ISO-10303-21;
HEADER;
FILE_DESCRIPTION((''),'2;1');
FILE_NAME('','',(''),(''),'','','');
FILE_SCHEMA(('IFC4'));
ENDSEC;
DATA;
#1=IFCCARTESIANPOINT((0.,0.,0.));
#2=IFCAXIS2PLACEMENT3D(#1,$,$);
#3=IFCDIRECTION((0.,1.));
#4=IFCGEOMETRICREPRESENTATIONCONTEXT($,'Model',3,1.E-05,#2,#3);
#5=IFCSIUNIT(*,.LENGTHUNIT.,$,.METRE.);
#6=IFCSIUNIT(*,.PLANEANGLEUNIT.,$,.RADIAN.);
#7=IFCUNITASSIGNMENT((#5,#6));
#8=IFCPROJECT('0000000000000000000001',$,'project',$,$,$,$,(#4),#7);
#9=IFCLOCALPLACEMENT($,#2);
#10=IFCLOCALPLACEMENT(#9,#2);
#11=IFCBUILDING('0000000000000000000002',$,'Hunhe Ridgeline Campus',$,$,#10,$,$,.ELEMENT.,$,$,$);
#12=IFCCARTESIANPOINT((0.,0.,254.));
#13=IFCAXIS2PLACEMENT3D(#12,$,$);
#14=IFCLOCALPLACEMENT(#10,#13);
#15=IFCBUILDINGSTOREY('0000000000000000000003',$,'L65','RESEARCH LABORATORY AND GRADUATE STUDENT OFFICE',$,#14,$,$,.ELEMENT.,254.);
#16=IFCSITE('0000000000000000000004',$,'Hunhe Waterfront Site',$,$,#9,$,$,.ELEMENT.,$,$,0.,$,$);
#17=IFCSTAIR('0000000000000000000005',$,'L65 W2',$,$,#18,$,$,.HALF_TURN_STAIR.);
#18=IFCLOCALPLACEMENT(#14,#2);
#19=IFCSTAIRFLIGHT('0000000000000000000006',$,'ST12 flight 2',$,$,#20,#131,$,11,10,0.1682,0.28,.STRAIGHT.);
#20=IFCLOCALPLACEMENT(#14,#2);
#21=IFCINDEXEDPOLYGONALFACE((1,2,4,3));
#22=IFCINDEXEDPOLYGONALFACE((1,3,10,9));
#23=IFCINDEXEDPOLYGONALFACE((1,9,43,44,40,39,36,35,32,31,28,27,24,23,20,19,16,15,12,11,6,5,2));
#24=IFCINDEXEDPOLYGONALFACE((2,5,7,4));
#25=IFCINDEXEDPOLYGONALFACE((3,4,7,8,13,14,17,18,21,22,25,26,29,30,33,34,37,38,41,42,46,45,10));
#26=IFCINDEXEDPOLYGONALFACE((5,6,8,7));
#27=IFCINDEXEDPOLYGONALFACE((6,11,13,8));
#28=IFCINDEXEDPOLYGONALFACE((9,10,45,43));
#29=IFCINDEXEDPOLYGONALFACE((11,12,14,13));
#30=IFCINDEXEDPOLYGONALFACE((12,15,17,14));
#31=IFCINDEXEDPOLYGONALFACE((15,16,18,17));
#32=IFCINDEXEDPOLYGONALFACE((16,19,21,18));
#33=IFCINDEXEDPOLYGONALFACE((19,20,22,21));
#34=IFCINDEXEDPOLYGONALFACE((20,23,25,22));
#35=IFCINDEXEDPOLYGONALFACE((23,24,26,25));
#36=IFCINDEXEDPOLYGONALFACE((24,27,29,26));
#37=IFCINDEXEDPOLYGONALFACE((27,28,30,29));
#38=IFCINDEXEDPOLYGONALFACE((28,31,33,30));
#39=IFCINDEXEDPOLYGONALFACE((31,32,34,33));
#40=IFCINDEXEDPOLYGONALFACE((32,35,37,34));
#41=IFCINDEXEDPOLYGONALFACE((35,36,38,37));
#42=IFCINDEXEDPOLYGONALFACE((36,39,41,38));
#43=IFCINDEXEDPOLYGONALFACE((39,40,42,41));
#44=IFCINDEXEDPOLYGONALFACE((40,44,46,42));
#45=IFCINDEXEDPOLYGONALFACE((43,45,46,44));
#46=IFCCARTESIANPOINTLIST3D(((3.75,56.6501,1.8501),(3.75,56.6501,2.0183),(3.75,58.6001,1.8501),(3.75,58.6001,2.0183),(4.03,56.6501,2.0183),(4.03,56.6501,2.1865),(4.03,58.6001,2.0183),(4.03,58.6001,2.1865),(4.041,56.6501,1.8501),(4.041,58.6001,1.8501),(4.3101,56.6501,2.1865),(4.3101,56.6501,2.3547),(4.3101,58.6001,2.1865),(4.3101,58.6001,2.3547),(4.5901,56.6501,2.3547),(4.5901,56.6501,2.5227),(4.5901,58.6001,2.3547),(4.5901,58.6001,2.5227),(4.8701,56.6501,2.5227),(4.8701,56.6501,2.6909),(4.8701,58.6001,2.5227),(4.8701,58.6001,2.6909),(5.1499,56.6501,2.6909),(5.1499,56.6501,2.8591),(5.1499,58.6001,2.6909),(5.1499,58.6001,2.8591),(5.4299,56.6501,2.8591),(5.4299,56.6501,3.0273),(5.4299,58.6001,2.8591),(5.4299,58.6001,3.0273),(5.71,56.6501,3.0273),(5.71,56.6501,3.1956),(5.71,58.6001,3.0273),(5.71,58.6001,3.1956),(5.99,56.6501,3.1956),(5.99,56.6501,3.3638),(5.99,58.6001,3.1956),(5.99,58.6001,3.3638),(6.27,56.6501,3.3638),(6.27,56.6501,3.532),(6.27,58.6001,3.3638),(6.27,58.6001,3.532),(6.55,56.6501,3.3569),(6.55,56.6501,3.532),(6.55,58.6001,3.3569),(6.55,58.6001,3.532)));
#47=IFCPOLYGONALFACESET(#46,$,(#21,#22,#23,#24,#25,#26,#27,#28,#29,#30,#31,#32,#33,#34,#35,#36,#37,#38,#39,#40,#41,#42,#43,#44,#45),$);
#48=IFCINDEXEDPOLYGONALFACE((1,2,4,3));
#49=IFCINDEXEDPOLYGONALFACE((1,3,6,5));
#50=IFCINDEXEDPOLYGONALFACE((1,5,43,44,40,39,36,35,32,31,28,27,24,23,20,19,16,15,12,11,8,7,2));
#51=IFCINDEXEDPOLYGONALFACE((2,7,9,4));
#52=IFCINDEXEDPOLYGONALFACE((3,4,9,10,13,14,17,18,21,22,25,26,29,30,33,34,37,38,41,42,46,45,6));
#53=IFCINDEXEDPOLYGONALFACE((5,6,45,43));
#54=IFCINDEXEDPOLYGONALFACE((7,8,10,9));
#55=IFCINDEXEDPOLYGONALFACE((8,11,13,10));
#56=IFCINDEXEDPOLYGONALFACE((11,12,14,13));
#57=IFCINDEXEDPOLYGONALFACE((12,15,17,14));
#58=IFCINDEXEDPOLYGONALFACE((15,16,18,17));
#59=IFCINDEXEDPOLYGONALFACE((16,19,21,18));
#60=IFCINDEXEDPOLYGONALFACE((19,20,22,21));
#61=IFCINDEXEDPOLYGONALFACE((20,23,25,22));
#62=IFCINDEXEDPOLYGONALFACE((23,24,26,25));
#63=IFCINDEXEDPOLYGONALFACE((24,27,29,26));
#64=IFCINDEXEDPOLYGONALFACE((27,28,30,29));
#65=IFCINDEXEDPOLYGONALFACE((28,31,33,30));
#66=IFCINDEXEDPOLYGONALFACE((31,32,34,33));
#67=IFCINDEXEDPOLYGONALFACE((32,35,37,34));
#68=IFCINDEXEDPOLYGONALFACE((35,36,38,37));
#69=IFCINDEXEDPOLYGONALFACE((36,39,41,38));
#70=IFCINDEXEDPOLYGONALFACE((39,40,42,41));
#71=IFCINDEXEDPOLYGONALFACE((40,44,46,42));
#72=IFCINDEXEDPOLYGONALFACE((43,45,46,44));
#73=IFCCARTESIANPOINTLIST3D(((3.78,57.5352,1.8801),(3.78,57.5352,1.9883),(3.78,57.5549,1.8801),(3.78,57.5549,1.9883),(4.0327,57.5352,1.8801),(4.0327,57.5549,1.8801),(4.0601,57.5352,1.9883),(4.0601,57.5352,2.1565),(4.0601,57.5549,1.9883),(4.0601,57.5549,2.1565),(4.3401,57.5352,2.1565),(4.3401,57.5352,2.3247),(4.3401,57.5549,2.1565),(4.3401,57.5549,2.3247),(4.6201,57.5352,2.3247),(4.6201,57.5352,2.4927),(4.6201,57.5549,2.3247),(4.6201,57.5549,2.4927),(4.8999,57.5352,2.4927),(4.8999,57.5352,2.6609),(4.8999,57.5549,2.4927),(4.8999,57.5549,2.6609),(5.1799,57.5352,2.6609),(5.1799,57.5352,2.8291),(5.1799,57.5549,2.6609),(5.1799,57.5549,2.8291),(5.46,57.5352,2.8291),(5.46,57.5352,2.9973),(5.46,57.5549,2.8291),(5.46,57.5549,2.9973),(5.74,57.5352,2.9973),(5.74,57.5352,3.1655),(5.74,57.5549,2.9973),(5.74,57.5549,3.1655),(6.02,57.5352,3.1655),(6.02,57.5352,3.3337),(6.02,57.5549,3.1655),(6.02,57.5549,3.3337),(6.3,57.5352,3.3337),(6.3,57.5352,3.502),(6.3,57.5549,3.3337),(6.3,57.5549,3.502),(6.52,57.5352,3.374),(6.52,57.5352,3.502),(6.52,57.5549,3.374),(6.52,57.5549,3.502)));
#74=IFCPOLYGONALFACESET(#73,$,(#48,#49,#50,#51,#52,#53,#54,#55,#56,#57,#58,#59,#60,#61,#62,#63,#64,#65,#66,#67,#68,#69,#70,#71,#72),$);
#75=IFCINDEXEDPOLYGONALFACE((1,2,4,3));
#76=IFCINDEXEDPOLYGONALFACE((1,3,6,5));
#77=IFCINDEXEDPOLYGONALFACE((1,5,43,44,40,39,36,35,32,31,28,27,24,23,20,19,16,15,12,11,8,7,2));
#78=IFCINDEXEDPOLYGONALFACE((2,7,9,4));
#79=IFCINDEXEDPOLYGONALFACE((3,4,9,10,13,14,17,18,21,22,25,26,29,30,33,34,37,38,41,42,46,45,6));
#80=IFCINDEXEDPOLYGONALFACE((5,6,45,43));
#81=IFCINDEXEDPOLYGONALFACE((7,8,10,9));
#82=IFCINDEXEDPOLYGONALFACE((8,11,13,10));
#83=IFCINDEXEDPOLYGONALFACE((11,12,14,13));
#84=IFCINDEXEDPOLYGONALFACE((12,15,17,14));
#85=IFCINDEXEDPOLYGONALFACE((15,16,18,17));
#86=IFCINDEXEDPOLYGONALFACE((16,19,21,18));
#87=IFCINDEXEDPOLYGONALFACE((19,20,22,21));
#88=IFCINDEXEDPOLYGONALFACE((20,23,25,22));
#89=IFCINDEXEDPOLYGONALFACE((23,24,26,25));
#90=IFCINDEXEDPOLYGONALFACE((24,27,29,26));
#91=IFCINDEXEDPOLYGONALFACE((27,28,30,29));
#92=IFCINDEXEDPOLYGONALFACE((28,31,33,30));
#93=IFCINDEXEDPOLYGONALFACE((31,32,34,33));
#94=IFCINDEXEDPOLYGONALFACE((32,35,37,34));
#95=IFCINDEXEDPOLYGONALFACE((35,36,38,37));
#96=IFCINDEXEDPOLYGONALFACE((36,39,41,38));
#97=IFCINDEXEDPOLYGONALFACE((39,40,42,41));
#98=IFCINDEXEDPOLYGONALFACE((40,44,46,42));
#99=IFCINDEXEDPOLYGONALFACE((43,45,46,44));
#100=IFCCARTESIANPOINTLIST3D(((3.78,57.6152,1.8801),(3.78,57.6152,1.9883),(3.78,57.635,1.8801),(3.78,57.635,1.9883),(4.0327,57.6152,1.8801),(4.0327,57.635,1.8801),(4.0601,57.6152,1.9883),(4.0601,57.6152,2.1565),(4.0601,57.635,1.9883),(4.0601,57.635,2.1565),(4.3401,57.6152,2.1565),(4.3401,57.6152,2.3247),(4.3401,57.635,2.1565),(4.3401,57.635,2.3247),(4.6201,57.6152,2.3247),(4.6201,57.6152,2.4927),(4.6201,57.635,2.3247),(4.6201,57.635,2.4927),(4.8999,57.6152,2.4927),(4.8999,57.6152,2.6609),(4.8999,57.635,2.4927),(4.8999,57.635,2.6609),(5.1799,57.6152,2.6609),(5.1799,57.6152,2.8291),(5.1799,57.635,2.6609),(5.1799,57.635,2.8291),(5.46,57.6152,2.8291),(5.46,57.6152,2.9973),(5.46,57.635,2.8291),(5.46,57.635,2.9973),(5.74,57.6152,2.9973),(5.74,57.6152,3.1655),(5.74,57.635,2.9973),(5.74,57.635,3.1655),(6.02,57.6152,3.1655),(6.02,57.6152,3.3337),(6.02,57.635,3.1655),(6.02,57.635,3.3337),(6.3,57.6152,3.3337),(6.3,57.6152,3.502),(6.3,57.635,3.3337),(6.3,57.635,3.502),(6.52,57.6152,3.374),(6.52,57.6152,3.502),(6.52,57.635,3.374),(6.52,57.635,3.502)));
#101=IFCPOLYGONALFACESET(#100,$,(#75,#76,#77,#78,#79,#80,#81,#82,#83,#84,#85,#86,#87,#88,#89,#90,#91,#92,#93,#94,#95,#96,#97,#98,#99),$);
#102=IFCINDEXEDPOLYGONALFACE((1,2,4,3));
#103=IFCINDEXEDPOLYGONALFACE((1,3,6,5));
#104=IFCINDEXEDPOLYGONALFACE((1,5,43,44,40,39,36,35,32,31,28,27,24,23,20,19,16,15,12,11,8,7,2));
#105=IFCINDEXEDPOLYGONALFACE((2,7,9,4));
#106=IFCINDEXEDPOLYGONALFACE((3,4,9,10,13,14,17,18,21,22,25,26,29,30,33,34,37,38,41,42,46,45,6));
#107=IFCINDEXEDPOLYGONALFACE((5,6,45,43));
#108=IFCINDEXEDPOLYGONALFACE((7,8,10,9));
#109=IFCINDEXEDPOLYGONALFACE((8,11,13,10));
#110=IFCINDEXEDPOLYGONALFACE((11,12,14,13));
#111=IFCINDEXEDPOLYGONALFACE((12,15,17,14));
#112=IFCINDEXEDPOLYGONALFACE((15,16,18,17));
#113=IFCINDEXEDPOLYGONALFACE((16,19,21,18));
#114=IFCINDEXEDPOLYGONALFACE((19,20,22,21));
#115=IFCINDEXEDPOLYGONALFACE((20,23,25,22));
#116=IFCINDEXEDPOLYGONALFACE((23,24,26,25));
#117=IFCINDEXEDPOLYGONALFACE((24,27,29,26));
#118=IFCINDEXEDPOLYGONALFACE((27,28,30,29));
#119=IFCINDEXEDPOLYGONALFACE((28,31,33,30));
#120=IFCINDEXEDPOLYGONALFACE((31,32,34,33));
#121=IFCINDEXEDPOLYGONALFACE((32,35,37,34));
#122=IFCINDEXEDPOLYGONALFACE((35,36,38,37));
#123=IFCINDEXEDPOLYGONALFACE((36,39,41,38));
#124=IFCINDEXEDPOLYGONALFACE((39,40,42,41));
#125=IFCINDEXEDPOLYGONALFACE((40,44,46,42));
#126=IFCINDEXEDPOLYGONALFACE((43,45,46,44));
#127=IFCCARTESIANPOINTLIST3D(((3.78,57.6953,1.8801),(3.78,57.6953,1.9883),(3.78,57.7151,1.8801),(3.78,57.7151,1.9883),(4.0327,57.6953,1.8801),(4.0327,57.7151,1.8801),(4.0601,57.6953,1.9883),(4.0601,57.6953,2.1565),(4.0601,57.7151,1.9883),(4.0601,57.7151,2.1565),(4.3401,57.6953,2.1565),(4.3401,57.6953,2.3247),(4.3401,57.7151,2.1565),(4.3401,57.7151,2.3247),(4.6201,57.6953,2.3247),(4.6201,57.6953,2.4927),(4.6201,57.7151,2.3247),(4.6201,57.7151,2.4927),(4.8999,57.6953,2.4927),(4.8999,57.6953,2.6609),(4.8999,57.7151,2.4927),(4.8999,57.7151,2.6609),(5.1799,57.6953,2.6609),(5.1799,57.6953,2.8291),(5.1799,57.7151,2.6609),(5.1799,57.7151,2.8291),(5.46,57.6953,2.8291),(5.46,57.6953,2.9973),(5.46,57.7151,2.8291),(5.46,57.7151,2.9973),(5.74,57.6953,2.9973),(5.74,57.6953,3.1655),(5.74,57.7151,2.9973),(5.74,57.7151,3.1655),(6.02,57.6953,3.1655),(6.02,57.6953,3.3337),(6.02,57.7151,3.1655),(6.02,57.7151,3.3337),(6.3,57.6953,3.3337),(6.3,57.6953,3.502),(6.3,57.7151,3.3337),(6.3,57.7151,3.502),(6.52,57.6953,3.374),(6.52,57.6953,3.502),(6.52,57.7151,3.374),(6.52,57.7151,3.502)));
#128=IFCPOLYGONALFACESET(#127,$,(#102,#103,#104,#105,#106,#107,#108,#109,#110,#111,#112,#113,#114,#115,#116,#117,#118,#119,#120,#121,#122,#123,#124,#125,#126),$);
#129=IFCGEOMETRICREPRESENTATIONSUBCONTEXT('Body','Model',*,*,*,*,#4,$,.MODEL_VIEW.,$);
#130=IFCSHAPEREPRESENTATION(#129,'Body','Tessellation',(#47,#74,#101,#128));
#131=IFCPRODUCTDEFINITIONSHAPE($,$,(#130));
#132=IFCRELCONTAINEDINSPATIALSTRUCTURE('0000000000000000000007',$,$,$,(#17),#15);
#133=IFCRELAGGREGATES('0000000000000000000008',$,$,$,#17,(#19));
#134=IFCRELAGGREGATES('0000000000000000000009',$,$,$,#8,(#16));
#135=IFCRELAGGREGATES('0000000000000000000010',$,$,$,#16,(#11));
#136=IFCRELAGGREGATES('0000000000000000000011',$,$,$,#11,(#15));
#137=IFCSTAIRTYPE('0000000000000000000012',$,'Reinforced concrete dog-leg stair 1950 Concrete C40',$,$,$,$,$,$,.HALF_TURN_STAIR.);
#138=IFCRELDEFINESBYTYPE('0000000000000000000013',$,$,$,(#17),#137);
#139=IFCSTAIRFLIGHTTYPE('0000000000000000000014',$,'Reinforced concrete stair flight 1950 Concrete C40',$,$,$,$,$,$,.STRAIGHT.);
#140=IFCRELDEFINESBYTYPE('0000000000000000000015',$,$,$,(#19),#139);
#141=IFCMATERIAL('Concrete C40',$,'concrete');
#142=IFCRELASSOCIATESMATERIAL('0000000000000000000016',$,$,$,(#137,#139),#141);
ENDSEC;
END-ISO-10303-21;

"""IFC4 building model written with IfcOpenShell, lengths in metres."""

from ifc_helpers import new_model, si_unit, direction, frame, origin, place, context, subcontext, project, spatial, polyline, outline, extrude, material, type_object, element, aggregate, save


model = new_model("IFC4")

# Units and contexts
model_context = context("Model", 3, precision=1e-05, world=origin(), true_north=direction((0.0, 1.0)))
body_context = subcontext(model_context, "Body", "Model", "MODEL_VIEW")
ifc_project = project(units=[si_unit("LENGTHUNIT", "METRE"), si_unit("PLANEANGLEUNIT", "RADIAN")], contexts=[model_context])

# Site, building, storey
site_placement = place(None, origin())
site = spatial("IfcSite", under=ifc_project, at=site_placement, Name="Hunhe Waterfront Site", CompositionType="ELEMENT", RefElevation=0.0)
building_placement = place(site_placement, origin())
building = spatial("IfcBuilding", under=site, at=building_placement, Name="Hunhe Ridgeline Campus", CompositionType="ELEMENT")
storey_placement = place(building_placement, frame((0.0, 0.0, 254.0)))
storey = spatial("IfcBuildingStorey", under=building, at=storey_placement, Name="L65", Description="RESEARCH LABORATORY AND GRADUATE STUDENT OFFICE", CompositionType="ELEMENT", Elevation=254.0)

# Shared definitions
ifc_material_1 = material(Name="Concrete C40", Category="concrete")
stair_type = type_object("IfcStairType", Name="Reinforced concrete dog-leg stair 1950 Concrete C40", PredefinedType="HALF_TURN_STAIR", material=ifc_material_1)
stair_flight_type = type_object("IfcStairFlightType", Name="Reinforced concrete stair flight 1950 Concrete C40", PredefinedType="STRAIGHT", material=ifc_material_1)

# Stair, stair flight
stair_1_placement = place(storey_placement, origin())
stair_1 = element("IfcStair", 1, at=stair_1_placement, inside=storey, type_object=stair_type, Name="L65 W2", PredefinedType="HALF_TURN_STAIR")
stair_flight_1_placement = place(storey_placement, frame((3.75, 57.625, 1.8501), z_axis=(0.0, 0.0, 1.0), x_axis=(1.0, 0.0, 0.0)))
stair_flight_1 = element("IfcStairFlight", 2, at=stair_flight_1_placement, type_object=stair_flight_type, Name="ST12 flight 2", NumberOfRisers=11, NumberOfTreads=10, PredefinedType="STRAIGHT", RiserHeight=0.1682, TreadLength=0.28, context=body_context, shape_type="SweptSolid", body=[
    extrude(outline(polyline([(0.0, 0.0), (0.0, 0.1682), (0.28, 0.1682), (0.28, 0.3364), (0.5601, 0.3364), (0.5601, 0.5046), (0.8401, 0.5046), (0.8401, 0.6726), (1.1201, 0.6726), (1.1201, 0.8408), (1.3999, 0.8408), (1.3999, 1.009), (1.6799, 1.009), (1.6799, 1.1772), (1.96, 1.1772), (1.96, 1.3455), (2.24, 1.3455), (2.24, 1.5137), (2.52, 1.5137), (2.52, 1.6819), (2.8, 1.6819), (2.8, 1.8501), (2.8, 1.5068), (0.291, 0.0), (0.0, 0.0)])), frame((0.0, 0.9751, 0.0), z_axis=(0.0, -1.0, 0.0), x_axis=(1.0, 0.0, 0.0)), (0.0, 0.0, 1.0), 1.95),
    extrude(outline(polyline([(0.03, 0.03), (0.03, 0.1382), (0.3101, 0.1382), (0.3101, 0.3064), (0.5901, 0.3064), (0.5901, 0.4746), (0.8701, 0.4746), (0.8701, 0.6426), (1.1499, 0.6426), (1.1499, 0.8108), (1.4299, 0.8108), (1.4299, 0.979), (1.71, 0.979), (1.71, 1.1472), (1.99, 1.1472), (1.99, 1.3154), (2.27, 1.3154), (2.27, 1.4836), (2.55, 1.4836), (2.55, 1.6519), (2.77, 1.6519), (2.77, 1.5239), (0.2827, 0.03), (0.03, 0.03)])), frame((0.0, -0.0701, 0.0), z_axis=(0.0, -1.0, 0.0), x_axis=(1.0, 0.0, 0.0)), (0.0, 0.0, 1.0), 0.0198),
    extrude(outline(polyline([(0.03, 0.03), (0.03, 0.1382), (0.3101, 0.1382), (0.3101, 0.3064), (0.5901, 0.3064), (0.5901, 0.4746), (0.8701, 0.4746), (0.8701, 0.6426), (1.1499, 0.6426), (1.1499, 0.8108), (1.4299, 0.8108), (1.4299, 0.979), (1.71, 0.979), (1.71, 1.1472), (1.99, 1.1472), (1.99, 1.3154), (2.27, 1.3154), (2.27, 1.4836), (2.55, 1.4836), (2.55, 1.6519), (2.77, 1.6519), (2.77, 1.5239), (0.2827, 0.03), (0.03, 0.03)])), frame((0.0, 0.01, 0.0), z_axis=(0.0, -1.0, 0.0), x_axis=(1.0, 0.0, 0.0)), (0.0, 0.0, 1.0), 0.0198),
    extrude(outline(polyline([(0.03, 0.03), (0.03, 0.1382), (0.3101, 0.1382), (0.3101, 0.3064), (0.5901, 0.3064), (0.5901, 0.4746), (0.8701, 0.4746), (0.8701, 0.6426), (1.1499, 0.6426), (1.1499, 0.8108), (1.4299, 0.8108), (1.4299, 0.979), (1.71, 0.979), (1.71, 1.1472), (1.99, 1.1472), (1.99, 1.3154), (2.27, 1.3154), (2.27, 1.4836), (2.55, 1.4836), (2.55, 1.6519), (2.77, 1.6519), (2.77, 1.5239), (0.2827, 0.03), (0.03, 0.03)])), frame((0.0, 0.0901, 0.0), z_axis=(0.0, -1.0, 0.0), x_axis=(1.0, 0.0, 0.0)), (0.0, 0.0, 1.0), 0.0198),
])
aggregate(stair_1, [stair_flight_1])

save(model, "model.ifc")
